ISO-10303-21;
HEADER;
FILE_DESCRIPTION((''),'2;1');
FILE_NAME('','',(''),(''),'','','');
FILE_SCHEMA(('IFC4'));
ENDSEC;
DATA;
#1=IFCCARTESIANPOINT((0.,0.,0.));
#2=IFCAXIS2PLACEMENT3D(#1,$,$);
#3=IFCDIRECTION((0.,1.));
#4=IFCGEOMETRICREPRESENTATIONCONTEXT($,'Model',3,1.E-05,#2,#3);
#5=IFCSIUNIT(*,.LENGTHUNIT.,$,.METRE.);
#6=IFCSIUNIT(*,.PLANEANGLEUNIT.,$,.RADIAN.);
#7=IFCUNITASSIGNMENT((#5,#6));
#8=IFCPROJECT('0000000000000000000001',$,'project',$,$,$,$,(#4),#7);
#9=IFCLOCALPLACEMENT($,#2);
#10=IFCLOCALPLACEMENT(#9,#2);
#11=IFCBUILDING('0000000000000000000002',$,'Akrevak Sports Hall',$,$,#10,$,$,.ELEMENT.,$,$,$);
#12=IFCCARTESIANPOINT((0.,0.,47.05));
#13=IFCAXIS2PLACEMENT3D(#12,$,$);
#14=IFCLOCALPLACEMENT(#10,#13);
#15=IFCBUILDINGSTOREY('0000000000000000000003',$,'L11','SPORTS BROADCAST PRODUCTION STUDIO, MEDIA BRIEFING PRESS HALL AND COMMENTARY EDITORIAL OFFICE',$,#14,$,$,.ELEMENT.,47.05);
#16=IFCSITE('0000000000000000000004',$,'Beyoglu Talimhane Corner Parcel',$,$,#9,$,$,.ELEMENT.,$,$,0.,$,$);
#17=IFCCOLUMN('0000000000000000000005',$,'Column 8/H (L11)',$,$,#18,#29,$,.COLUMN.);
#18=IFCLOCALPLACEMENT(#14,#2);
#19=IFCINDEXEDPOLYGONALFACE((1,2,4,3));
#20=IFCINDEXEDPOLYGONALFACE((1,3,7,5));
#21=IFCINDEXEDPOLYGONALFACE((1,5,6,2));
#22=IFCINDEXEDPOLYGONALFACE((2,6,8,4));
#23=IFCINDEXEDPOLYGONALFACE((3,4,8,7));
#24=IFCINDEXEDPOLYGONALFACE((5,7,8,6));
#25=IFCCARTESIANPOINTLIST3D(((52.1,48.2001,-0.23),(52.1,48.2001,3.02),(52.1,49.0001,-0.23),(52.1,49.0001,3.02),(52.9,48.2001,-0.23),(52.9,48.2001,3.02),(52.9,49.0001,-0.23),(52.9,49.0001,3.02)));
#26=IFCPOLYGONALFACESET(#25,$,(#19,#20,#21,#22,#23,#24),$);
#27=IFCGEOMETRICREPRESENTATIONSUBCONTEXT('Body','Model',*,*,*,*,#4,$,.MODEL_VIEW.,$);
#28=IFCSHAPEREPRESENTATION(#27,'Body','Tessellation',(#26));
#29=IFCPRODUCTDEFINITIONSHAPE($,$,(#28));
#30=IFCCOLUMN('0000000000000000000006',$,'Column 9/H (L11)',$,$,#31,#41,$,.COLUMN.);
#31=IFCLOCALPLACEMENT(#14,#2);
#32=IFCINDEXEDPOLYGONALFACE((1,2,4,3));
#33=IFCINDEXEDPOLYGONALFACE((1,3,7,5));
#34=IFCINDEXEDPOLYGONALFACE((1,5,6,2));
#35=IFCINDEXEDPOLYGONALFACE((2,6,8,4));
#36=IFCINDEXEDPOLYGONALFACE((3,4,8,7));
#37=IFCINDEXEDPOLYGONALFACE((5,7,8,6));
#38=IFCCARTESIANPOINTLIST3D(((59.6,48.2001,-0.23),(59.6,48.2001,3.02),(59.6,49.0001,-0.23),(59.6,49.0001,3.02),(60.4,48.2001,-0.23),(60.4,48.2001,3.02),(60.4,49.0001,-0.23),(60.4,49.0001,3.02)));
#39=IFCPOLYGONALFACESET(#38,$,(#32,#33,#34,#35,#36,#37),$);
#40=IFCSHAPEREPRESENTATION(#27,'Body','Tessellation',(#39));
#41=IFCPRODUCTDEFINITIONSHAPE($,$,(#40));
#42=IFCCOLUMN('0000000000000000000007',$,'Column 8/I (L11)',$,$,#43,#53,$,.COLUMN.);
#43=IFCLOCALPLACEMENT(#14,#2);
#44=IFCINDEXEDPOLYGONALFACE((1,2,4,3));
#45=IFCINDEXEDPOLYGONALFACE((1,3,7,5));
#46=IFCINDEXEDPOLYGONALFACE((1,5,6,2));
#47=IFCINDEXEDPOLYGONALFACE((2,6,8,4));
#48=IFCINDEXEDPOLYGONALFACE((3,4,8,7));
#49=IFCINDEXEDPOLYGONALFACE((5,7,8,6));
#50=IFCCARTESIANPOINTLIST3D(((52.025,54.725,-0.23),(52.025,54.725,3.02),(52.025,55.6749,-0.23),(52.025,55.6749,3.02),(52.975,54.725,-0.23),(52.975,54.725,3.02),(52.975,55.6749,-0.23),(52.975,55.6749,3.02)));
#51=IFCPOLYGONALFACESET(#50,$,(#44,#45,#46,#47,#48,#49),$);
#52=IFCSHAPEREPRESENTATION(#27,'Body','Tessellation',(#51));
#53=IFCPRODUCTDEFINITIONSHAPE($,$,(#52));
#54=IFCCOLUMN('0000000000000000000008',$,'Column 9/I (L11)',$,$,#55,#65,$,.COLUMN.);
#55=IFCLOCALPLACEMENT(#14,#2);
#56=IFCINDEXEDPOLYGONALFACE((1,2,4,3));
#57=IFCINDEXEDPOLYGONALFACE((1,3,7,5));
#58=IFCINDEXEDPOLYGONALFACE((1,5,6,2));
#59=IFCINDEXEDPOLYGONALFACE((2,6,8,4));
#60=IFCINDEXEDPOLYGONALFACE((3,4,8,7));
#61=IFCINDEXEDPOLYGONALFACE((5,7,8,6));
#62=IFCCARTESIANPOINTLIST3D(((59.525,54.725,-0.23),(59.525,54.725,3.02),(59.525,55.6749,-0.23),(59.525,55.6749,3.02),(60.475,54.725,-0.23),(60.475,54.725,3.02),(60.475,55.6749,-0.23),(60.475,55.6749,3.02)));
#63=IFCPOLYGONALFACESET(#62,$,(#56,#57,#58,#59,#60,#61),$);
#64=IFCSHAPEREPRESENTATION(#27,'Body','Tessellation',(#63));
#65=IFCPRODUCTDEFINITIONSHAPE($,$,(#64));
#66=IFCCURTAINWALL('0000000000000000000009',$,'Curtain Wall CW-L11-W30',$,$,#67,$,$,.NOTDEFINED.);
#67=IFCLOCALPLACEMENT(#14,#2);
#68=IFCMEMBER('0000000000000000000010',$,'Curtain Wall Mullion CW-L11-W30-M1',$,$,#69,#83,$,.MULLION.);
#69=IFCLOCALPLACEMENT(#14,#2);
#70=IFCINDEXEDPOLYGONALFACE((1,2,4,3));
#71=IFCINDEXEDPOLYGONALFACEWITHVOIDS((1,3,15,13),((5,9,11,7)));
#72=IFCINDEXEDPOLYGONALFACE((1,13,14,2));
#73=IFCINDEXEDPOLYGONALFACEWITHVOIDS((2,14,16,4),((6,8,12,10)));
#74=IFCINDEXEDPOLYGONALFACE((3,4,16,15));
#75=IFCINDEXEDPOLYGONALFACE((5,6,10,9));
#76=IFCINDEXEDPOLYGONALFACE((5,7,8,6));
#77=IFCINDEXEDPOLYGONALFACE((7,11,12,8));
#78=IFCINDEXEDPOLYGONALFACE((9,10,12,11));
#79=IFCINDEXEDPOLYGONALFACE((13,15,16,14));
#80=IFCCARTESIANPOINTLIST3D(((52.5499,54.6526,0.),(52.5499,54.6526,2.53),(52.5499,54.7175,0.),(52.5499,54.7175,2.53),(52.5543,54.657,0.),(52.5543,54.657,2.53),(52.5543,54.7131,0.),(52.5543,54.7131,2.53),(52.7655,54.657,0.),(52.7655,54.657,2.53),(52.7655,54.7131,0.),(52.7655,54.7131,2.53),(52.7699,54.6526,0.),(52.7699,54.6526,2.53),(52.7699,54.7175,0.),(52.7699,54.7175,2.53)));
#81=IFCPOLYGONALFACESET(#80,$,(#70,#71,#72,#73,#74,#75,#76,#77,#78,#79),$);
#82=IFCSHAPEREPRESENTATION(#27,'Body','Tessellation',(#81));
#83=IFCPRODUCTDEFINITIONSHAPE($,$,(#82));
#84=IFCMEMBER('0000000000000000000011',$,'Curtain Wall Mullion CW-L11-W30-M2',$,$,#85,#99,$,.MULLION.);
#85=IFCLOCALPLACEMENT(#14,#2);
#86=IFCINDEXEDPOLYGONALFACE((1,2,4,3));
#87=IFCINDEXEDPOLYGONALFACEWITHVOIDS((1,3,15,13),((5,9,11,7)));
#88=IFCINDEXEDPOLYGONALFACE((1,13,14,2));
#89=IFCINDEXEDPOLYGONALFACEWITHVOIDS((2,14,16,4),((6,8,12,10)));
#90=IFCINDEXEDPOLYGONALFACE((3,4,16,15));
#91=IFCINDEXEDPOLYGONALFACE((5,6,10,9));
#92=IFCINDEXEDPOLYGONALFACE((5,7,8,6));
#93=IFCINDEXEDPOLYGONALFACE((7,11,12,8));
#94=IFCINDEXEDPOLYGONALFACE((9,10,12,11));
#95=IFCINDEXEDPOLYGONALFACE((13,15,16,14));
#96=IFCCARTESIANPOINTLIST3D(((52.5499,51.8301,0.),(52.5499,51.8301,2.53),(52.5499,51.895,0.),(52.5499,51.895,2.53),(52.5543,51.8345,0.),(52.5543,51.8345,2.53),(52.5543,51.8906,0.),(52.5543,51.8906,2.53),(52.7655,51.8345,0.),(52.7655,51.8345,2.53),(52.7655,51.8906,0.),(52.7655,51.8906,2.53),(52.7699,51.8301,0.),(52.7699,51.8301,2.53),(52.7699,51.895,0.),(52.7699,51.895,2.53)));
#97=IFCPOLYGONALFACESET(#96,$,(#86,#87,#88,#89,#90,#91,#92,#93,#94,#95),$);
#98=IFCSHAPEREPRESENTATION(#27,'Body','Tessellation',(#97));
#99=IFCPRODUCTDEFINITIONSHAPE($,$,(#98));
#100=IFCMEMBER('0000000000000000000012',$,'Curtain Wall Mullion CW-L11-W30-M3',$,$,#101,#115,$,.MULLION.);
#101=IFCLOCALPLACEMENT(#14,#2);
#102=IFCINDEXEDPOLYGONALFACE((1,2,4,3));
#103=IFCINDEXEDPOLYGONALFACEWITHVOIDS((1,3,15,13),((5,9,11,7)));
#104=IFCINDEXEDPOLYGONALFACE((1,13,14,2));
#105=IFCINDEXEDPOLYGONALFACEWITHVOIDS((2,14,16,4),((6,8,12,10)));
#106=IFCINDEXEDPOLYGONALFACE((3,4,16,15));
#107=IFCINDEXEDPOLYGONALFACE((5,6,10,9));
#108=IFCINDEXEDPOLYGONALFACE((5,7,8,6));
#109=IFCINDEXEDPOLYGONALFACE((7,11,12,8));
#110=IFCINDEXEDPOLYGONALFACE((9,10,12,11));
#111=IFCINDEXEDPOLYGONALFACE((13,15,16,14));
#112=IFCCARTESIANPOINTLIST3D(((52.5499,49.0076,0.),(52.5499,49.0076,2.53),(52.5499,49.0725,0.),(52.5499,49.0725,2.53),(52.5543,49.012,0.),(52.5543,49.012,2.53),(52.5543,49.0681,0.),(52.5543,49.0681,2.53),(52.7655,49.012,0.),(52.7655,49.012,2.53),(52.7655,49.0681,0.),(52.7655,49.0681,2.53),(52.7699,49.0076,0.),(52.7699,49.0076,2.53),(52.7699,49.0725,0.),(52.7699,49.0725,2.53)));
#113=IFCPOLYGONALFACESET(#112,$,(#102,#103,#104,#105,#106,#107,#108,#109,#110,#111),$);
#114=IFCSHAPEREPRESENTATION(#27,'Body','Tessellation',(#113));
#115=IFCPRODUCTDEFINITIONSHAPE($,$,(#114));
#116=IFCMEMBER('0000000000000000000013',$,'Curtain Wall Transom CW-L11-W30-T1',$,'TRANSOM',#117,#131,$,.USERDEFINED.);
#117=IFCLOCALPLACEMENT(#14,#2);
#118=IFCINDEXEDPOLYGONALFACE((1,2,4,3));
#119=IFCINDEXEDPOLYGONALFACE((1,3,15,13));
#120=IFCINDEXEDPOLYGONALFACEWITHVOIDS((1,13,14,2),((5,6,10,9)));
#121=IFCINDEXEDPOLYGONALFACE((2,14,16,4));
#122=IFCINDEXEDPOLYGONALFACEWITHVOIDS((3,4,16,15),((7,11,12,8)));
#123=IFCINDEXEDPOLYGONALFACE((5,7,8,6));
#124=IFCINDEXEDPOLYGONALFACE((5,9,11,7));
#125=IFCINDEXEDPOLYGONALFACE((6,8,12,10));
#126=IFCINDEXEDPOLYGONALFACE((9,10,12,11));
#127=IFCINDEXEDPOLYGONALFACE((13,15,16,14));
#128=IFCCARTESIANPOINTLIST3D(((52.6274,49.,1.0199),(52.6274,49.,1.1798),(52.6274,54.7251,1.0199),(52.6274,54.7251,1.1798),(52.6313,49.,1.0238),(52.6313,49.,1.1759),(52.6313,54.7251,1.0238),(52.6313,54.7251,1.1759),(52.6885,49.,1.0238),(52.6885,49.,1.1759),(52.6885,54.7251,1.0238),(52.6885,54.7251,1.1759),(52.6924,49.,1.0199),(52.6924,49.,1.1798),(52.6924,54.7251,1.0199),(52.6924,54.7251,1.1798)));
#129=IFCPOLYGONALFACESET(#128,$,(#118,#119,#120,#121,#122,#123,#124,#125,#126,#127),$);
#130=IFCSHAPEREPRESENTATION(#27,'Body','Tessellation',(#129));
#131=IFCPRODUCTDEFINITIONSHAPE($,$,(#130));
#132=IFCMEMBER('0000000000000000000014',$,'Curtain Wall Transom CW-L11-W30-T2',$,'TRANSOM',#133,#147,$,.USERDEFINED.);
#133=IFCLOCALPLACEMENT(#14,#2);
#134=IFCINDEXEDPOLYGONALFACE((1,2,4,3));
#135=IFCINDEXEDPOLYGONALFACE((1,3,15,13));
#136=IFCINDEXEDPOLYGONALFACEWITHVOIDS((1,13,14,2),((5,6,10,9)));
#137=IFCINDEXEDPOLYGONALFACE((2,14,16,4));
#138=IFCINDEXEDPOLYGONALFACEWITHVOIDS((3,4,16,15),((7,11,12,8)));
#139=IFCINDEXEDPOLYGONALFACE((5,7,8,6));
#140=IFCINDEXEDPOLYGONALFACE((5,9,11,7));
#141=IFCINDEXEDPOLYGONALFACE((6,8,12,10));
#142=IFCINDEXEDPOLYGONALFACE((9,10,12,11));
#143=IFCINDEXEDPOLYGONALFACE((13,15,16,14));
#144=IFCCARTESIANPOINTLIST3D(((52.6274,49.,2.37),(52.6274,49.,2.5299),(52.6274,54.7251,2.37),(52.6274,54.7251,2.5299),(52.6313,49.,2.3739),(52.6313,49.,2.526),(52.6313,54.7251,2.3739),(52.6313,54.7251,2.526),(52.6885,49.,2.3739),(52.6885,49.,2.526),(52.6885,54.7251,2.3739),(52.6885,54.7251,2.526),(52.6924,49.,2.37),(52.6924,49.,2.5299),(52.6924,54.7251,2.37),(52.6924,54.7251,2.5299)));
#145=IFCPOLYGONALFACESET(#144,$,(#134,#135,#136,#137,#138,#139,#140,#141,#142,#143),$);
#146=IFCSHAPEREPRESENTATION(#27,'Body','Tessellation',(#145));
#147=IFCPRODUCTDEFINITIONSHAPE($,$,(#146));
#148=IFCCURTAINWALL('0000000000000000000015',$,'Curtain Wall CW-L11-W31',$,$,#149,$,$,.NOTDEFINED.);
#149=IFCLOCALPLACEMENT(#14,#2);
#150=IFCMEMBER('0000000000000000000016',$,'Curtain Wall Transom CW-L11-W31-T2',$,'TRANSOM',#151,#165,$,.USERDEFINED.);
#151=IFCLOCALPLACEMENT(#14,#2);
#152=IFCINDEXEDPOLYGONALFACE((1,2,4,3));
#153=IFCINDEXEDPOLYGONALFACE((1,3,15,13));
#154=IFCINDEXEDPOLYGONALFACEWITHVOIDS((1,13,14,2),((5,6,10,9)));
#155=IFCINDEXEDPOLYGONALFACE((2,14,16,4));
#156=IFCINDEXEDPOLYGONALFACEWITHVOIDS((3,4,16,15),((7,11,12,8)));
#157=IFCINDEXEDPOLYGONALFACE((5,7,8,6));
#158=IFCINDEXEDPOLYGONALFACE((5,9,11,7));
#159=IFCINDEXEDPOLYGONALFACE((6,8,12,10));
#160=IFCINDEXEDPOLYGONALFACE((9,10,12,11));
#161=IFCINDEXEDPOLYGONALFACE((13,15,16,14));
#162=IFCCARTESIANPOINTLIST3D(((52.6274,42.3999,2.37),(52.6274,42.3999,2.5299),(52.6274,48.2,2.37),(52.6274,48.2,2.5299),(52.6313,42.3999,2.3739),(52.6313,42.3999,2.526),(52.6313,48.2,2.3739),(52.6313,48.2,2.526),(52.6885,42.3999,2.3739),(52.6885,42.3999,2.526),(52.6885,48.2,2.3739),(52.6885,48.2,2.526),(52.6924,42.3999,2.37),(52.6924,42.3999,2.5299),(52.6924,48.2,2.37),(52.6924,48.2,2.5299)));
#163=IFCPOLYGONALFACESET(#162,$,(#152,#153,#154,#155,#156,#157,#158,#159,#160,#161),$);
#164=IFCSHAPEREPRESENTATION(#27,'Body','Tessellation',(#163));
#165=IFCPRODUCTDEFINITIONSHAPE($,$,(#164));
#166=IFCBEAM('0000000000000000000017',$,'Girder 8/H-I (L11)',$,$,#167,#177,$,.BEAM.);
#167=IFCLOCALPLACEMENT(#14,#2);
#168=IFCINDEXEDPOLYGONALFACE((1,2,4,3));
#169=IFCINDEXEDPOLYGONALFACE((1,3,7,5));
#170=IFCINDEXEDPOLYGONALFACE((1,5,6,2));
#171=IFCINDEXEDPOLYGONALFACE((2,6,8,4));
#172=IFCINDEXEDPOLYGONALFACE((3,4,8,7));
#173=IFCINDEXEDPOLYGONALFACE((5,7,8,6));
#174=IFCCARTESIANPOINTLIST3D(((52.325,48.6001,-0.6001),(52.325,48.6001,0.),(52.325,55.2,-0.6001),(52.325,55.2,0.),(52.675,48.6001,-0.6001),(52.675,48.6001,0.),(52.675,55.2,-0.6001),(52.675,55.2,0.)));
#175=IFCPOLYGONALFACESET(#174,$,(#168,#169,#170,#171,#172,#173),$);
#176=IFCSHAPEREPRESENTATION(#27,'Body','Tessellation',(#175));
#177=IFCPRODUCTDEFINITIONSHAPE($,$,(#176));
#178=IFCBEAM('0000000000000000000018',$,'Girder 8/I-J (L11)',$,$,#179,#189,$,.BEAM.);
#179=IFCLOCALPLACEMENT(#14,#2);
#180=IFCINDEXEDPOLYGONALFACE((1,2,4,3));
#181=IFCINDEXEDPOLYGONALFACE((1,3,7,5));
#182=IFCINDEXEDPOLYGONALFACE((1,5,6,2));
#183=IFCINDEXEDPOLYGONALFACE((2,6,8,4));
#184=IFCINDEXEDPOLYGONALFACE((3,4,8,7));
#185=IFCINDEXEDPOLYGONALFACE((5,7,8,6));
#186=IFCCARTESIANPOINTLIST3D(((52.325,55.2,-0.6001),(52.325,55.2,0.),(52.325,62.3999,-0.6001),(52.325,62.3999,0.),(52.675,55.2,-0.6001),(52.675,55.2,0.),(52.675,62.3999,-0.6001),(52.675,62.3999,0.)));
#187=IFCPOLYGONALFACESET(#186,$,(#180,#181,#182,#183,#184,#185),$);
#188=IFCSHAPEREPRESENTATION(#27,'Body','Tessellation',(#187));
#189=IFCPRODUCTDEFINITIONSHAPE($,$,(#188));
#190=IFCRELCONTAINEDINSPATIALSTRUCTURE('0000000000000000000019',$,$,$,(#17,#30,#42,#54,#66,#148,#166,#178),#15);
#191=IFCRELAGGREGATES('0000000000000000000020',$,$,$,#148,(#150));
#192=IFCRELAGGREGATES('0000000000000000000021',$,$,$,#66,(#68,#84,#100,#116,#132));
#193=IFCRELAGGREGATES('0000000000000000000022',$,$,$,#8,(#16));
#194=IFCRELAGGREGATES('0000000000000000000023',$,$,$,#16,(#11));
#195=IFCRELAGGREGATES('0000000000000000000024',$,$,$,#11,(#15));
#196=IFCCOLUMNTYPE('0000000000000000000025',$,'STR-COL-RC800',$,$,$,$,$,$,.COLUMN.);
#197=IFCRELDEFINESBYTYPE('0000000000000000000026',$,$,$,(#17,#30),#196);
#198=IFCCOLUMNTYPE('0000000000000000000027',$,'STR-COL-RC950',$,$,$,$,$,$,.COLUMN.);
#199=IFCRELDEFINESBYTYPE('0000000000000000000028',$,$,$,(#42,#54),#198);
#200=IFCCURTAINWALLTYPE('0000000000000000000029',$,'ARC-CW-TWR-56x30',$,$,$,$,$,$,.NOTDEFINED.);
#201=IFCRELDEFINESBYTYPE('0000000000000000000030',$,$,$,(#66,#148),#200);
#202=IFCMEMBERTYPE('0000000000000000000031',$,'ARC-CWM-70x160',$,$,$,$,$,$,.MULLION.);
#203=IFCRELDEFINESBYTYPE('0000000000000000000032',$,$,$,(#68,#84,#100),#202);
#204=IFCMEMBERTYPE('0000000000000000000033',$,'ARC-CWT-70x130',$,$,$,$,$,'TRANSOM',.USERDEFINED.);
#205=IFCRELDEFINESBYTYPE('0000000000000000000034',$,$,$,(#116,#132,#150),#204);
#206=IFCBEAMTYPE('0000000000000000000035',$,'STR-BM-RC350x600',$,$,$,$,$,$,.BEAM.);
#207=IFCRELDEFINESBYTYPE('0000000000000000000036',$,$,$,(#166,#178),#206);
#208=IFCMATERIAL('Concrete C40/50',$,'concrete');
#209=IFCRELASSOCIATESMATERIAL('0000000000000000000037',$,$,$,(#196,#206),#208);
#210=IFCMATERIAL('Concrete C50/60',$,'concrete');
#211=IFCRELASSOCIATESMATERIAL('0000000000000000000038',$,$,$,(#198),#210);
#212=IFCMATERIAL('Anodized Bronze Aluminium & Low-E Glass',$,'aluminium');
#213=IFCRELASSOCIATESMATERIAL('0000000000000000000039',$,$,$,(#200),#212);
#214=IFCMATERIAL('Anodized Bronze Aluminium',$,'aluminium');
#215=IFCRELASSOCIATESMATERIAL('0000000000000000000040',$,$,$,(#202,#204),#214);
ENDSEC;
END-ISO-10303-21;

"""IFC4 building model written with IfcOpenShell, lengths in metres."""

from ifc_helpers import new_model, si_unit, direction, frame, origin, origin_2d, place, context, subcontext, project, spatial, rectangle, hollow_rectangle, extrude, material, material_profile, profile_set, type_object, element, aggregate, save


model = new_model("IFC4")

# Units and contexts
model_context = context("Model", 3, precision=1e-05, world=origin(), true_north=direction((0.0, 1.0)))
body_context = subcontext(model_context, "Body", "Model", "MODEL_VIEW")
ifc_project = project(units=[si_unit("LENGTHUNIT", "METRE"), si_unit("PLANEANGLEUNIT", "RADIAN")], contexts=[model_context])

# Site, building, storey
site_placement = place(None, origin())
site = spatial("IfcSite", under=ifc_project, at=site_placement, Name="Beyoglu Talimhane Corner Parcel", CompositionType="ELEMENT", RefElevation=0.0)
building_placement = place(site_placement, origin())
building = spatial("IfcBuilding", under=site, at=building_placement, Name="Akrevak Sports Hall", CompositionType="ELEMENT")
storey_placement = place(building_placement, frame((0.0, 0.0, 47.05)))
storey = spatial("IfcBuildingStorey", under=building, at=storey_placement, Name="L11", Description="SPORTS BROADCAST PRODUCTION STUDIO, MEDIA BRIEFING PRESS HALL AND COMMENTARY EDITORIAL OFFICE", CompositionType="ELEMENT", Elevation=47.05)

# Columns
ifc_material_1 = material(Name="Concrete C40/50", Category="concrete")
ifc_material_profile_1 = material_profile(ifc_material_1, rectangle(XDim=0.8, YDim=0.8, at=origin_2d()), Name="RC 800x800", Category="concrete")
ifc_profile_set_1 = profile_set([ifc_material_profile_1], Name="Concrete C40/50")
column_type_1 = type_object("IfcColumnType", Name="STR-COL-RC800", PredefinedType="COLUMN", material=ifc_profile_set_1)
for number, where, z_axis, x_axis, name in (
    (1, (52.5, 48.6001, -0.23), (0.0, 0.0, 1.0), (1.0, 0.0, 0.0), "Column 8/H (L11)"),
    (2, (60.0, 48.6001, -0.23), (0.0, 0.0, 1.0), (1.0, 0.0, 0.0), "Column 9/H (L11)"),
):
    element("IfcColumn", number, at=place(storey_placement, frame(where, z_axis=z_axis, x_axis=x_axis)), inside=storey, type_object=column_type_1, Name=name, PredefinedType="COLUMN", context=body_context, shape_type="SweptSolid", body=[
        extrude(rectangle(XDim=0.8, YDim=0.8, at=origin_2d()), origin(), (0.0, 0.0, 1.0), 3.25),
    ])
ifc_material_2 = material(Name="Concrete C50/60", Category="concrete")
ifc_material_profile_2 = material_profile(ifc_material_2, rectangle(XDim=0.95, YDim=0.95, at=origin_2d()), Name="RC 950x950", Category="concrete")
ifc_profile_set_2 = profile_set([ifc_material_profile_2], Name="Concrete C50/60")
column_type_2 = type_object("IfcColumnType", Name="STR-COL-RC950", PredefinedType="COLUMN", material=ifc_profile_set_2)
for number, where, z_axis, x_axis, name in (
    (3, (52.5, 55.2, -0.23), (0.0, 0.0, 1.0), (1.0, 0.0, 0.0), "Column 8/I (L11)"),
    (4, (60.0, 55.2, -0.23), (0.0, 0.0, 1.0), (1.0, 0.0, 0.0), "Column 9/I (L11)"),
):
    element("IfcColumn", number, at=place(storey_placement, frame(where, z_axis=z_axis, x_axis=x_axis)), inside=storey, type_object=column_type_2, Name=name, PredefinedType="COLUMN", context=body_context, shape_type="SweptSolid", body=[
        extrude(rectangle(XDim=0.95, YDim=0.95, at=origin_2d()), origin(), (0.0, 0.0, 1.0), 3.25),
    ])

# Curtain wall, members
ifc_material_3 = material(Name="Anodized Bronze Aluminium & Low-E Glass", Category="aluminium")
curtain_wall_type = type_object("IfcCurtainWallType", Name="ARC-CW-TWR-56x30", PredefinedType="NOTDEFINED", material=ifc_material_3)
curtain_wall_1_placement = place(storey_placement, origin())
curtain_wall_1 = element("IfcCurtainWall", 5, at=curtain_wall_1_placement, inside=storey, type_object=curtain_wall_type, Name="Curtain Wall CW-L11-W30", PredefinedType="NOTDEFINED")
ifc_material_4 = material(Name="Anodized Bronze Aluminium", Category="aluminium")
ifc_material_profile_3 = material_profile(ifc_material_4, hollow_rectangle(XDim=0.0649, YDim=0.22, WallThickness=0.0044, at=origin_2d()), Name="CWM 65x220", Category="aluminium")
ifc_profile_set_3 = profile_set([ifc_material_profile_3], Name="Anodized Bronze Aluminium")
member_type_1 = type_object("IfcMemberType", Name="ARC-CWM-70x160", PredefinedType="MULLION", material=ifc_profile_set_3)
member_1_placement = place(storey_placement, frame((52.6599, 54.6851, 0.0), z_axis=(0.0, 0.0, 1.0), x_axis=(0.0, -1.0, 0.0)))
member_1 = element("IfcMember", 6, at=member_1_placement, type_object=member_type_1, Name="Curtain Wall Mullion CW-L11-W30-M1", PredefinedType="MULLION", context=body_context, shape_type="SweptSolid", body=[
    extrude(hollow_rectangle(XDim=0.0649, YDim=0.22, WallThickness=0.0044, at=origin_2d()), origin(), (0.0, 0.0, 1.0), 2.53),
])
member_2_placement = place(storey_placement, frame((52.6599, 51.8625, 0.0), z_axis=(0.0, 0.0, 1.0), x_axis=(0.0, -1.0, 0.0)))
member_2 = element("IfcMember", 7, at=member_2_placement, type_object=member_type_1, Name="Curtain Wall Mullion CW-L11-W30-M2", PredefinedType="MULLION", context=body_context, shape_type="SweptSolid", body=[
    extrude(hollow_rectangle(XDim=0.0649, YDim=0.22, WallThickness=0.0044, at=origin_2d()), origin(), (0.0, 0.0, 1.0), 2.53),
])
member_3_placement = place(storey_placement, frame((52.6599, 49.04, 0.0), z_axis=(0.0, 0.0, 1.0), x_axis=(0.0, -1.0, 0.0)))
member_3 = element("IfcMember", 8, at=member_3_placement, type_object=member_type_1, Name="Curtain Wall Mullion CW-L11-W30-M3", PredefinedType="MULLION", context=body_context, shape_type="SweptSolid", body=[
    extrude(hollow_rectangle(XDim=0.0649, YDim=0.22, WallThickness=0.0044, at=origin_2d()), origin(), (0.0, 0.0, 1.0), 2.53),
])
ifc_material_profile_4 = material_profile(ifc_material_4, hollow_rectangle(XDim=0.0649, YDim=0.1599, WallThickness=0.0039, at=origin_2d()), Name="CWT 65x160", Category="aluminium")
ifc_profile_set_4 = profile_set([ifc_material_profile_4], Name="Anodized Bronze Aluminium")
member_type_2 = type_object("IfcMemberType", Name="ARC-CWT-70x130", ElementType="TRANSOM", PredefinedType="USERDEFINED", material=ifc_profile_set_4)
member_4_placement = place(storey_placement, frame((52.6599, 54.7251, 1.0999), z_axis=(0.0, -1.0, 0.0), x_axis=(1.0, 0.0, 0.0)))
member_4 = element("IfcMember", 9, at=member_4_placement, type_object=member_type_2, Name="Curtain Wall Transom CW-L11-W30-T1", ObjectType="TRANSOM", PredefinedType="USERDEFINED", context=body_context, shape_type="SweptSolid", body=[
    extrude(hollow_rectangle(XDim=0.0649, YDim=0.1599, WallThickness=0.0039, at=origin_2d()), origin(), (0.0, 0.0, 1.0), 5.7251),
])
member_5_placement = place(storey_placement, frame((52.6599, 54.7251, 2.45), z_axis=(0.0, -1.0, 0.0), x_axis=(1.0, 0.0, 0.0)))
member_5 = element("IfcMember", 10, at=member_5_placement, type_object=member_type_2, Name="Curtain Wall Transom CW-L11-W30-T2", ObjectType="TRANSOM", PredefinedType="USERDEFINED", context=body_context, shape_type="SweptSolid", body=[
    extrude(hollow_rectangle(XDim=0.0649, YDim=0.1599, WallThickness=0.0039, at=origin_2d()), origin(), (0.0, 0.0, 1.0), 5.7251),
])

# Curtain wall, member
curtain_wall_2_placement = place(storey_placement, origin())
curtain_wall_2 = element("IfcCurtainWall", 11, at=curtain_wall_2_placement, inside=storey, type_object=curtain_wall_type, Name="Curtain Wall CW-L11-W31", PredefinedType="NOTDEFINED")
member_6_placement = place(storey_placement, frame((52.6599, 48.2, 2.45), z_axis=(0.0, -1.0, 0.0), x_axis=(1.0, 0.0, 0.0)))
member_6 = element("IfcMember", 12, at=member_6_placement, type_object=member_type_2, Name="Curtain Wall Transom CW-L11-W31-T2", ObjectType="TRANSOM", PredefinedType="USERDEFINED", context=body_context, shape_type="SweptSolid", body=[
    extrude(hollow_rectangle(XDim=0.0649, YDim=0.1599, WallThickness=0.0039, at=origin_2d()), origin(), (0.0, 0.0, 1.0), 5.8),
])
aggregate(curtain_wall_2, [member_6])

# Beams
ifc_material_profile_5 = material_profile(ifc_material_1, rectangle(XDim=0.3501, YDim=0.6001, at=origin_2d()), Name="BM 350x600", Category="concrete")
ifc_profile_set_5 = profile_set([ifc_material_profile_5], Name="Concrete C40/50")
beam_type_1 = type_object("IfcBeamType", Name="STR-BM-RC350x600", PredefinedType="BEAM", material=ifc_profile_set_5)
beam_1_placement = place(storey_placement, frame((52.5, 48.6001, -0.3), z_axis=(0.0, 1.0, 0.0), x_axis=(-1.0, 0.0, 0.0)))
element("IfcBeam", 13, at=beam_1_placement, inside=storey, type_object=beam_type_1, Name="Girder 8/H-I (L11)", PredefinedType="BEAM", context=body_context, shape_type="SweptSolid", body=[
    extrude(rectangle(XDim=0.3501, YDim=0.6001, at=origin_2d()), origin(), (0.0, 0.0, 1.0), 6.5999),
])
beam_2_placement = place(storey_placement, frame((52.5, 55.2, -0.3), z_axis=(0.0, 1.0, 0.0), x_axis=(-1.0, 0.0, 0.0)))
element("IfcBeam", 14, at=beam_2_placement, inside=storey, type_object=beam_type_1, Name="Girder 8/I-J (L11)", PredefinedType="BEAM", context=body_context, shape_type="SweptSolid", body=[
    extrude(rectangle(XDim=0.3501, YDim=0.6001, at=origin_2d()), origin(), (0.0, 0.0, 1.0), 7.2),
])

aggregate(curtain_wall_1, [member_1, member_2, member_3, member_4, member_5])

save(model, "model.ifc")
